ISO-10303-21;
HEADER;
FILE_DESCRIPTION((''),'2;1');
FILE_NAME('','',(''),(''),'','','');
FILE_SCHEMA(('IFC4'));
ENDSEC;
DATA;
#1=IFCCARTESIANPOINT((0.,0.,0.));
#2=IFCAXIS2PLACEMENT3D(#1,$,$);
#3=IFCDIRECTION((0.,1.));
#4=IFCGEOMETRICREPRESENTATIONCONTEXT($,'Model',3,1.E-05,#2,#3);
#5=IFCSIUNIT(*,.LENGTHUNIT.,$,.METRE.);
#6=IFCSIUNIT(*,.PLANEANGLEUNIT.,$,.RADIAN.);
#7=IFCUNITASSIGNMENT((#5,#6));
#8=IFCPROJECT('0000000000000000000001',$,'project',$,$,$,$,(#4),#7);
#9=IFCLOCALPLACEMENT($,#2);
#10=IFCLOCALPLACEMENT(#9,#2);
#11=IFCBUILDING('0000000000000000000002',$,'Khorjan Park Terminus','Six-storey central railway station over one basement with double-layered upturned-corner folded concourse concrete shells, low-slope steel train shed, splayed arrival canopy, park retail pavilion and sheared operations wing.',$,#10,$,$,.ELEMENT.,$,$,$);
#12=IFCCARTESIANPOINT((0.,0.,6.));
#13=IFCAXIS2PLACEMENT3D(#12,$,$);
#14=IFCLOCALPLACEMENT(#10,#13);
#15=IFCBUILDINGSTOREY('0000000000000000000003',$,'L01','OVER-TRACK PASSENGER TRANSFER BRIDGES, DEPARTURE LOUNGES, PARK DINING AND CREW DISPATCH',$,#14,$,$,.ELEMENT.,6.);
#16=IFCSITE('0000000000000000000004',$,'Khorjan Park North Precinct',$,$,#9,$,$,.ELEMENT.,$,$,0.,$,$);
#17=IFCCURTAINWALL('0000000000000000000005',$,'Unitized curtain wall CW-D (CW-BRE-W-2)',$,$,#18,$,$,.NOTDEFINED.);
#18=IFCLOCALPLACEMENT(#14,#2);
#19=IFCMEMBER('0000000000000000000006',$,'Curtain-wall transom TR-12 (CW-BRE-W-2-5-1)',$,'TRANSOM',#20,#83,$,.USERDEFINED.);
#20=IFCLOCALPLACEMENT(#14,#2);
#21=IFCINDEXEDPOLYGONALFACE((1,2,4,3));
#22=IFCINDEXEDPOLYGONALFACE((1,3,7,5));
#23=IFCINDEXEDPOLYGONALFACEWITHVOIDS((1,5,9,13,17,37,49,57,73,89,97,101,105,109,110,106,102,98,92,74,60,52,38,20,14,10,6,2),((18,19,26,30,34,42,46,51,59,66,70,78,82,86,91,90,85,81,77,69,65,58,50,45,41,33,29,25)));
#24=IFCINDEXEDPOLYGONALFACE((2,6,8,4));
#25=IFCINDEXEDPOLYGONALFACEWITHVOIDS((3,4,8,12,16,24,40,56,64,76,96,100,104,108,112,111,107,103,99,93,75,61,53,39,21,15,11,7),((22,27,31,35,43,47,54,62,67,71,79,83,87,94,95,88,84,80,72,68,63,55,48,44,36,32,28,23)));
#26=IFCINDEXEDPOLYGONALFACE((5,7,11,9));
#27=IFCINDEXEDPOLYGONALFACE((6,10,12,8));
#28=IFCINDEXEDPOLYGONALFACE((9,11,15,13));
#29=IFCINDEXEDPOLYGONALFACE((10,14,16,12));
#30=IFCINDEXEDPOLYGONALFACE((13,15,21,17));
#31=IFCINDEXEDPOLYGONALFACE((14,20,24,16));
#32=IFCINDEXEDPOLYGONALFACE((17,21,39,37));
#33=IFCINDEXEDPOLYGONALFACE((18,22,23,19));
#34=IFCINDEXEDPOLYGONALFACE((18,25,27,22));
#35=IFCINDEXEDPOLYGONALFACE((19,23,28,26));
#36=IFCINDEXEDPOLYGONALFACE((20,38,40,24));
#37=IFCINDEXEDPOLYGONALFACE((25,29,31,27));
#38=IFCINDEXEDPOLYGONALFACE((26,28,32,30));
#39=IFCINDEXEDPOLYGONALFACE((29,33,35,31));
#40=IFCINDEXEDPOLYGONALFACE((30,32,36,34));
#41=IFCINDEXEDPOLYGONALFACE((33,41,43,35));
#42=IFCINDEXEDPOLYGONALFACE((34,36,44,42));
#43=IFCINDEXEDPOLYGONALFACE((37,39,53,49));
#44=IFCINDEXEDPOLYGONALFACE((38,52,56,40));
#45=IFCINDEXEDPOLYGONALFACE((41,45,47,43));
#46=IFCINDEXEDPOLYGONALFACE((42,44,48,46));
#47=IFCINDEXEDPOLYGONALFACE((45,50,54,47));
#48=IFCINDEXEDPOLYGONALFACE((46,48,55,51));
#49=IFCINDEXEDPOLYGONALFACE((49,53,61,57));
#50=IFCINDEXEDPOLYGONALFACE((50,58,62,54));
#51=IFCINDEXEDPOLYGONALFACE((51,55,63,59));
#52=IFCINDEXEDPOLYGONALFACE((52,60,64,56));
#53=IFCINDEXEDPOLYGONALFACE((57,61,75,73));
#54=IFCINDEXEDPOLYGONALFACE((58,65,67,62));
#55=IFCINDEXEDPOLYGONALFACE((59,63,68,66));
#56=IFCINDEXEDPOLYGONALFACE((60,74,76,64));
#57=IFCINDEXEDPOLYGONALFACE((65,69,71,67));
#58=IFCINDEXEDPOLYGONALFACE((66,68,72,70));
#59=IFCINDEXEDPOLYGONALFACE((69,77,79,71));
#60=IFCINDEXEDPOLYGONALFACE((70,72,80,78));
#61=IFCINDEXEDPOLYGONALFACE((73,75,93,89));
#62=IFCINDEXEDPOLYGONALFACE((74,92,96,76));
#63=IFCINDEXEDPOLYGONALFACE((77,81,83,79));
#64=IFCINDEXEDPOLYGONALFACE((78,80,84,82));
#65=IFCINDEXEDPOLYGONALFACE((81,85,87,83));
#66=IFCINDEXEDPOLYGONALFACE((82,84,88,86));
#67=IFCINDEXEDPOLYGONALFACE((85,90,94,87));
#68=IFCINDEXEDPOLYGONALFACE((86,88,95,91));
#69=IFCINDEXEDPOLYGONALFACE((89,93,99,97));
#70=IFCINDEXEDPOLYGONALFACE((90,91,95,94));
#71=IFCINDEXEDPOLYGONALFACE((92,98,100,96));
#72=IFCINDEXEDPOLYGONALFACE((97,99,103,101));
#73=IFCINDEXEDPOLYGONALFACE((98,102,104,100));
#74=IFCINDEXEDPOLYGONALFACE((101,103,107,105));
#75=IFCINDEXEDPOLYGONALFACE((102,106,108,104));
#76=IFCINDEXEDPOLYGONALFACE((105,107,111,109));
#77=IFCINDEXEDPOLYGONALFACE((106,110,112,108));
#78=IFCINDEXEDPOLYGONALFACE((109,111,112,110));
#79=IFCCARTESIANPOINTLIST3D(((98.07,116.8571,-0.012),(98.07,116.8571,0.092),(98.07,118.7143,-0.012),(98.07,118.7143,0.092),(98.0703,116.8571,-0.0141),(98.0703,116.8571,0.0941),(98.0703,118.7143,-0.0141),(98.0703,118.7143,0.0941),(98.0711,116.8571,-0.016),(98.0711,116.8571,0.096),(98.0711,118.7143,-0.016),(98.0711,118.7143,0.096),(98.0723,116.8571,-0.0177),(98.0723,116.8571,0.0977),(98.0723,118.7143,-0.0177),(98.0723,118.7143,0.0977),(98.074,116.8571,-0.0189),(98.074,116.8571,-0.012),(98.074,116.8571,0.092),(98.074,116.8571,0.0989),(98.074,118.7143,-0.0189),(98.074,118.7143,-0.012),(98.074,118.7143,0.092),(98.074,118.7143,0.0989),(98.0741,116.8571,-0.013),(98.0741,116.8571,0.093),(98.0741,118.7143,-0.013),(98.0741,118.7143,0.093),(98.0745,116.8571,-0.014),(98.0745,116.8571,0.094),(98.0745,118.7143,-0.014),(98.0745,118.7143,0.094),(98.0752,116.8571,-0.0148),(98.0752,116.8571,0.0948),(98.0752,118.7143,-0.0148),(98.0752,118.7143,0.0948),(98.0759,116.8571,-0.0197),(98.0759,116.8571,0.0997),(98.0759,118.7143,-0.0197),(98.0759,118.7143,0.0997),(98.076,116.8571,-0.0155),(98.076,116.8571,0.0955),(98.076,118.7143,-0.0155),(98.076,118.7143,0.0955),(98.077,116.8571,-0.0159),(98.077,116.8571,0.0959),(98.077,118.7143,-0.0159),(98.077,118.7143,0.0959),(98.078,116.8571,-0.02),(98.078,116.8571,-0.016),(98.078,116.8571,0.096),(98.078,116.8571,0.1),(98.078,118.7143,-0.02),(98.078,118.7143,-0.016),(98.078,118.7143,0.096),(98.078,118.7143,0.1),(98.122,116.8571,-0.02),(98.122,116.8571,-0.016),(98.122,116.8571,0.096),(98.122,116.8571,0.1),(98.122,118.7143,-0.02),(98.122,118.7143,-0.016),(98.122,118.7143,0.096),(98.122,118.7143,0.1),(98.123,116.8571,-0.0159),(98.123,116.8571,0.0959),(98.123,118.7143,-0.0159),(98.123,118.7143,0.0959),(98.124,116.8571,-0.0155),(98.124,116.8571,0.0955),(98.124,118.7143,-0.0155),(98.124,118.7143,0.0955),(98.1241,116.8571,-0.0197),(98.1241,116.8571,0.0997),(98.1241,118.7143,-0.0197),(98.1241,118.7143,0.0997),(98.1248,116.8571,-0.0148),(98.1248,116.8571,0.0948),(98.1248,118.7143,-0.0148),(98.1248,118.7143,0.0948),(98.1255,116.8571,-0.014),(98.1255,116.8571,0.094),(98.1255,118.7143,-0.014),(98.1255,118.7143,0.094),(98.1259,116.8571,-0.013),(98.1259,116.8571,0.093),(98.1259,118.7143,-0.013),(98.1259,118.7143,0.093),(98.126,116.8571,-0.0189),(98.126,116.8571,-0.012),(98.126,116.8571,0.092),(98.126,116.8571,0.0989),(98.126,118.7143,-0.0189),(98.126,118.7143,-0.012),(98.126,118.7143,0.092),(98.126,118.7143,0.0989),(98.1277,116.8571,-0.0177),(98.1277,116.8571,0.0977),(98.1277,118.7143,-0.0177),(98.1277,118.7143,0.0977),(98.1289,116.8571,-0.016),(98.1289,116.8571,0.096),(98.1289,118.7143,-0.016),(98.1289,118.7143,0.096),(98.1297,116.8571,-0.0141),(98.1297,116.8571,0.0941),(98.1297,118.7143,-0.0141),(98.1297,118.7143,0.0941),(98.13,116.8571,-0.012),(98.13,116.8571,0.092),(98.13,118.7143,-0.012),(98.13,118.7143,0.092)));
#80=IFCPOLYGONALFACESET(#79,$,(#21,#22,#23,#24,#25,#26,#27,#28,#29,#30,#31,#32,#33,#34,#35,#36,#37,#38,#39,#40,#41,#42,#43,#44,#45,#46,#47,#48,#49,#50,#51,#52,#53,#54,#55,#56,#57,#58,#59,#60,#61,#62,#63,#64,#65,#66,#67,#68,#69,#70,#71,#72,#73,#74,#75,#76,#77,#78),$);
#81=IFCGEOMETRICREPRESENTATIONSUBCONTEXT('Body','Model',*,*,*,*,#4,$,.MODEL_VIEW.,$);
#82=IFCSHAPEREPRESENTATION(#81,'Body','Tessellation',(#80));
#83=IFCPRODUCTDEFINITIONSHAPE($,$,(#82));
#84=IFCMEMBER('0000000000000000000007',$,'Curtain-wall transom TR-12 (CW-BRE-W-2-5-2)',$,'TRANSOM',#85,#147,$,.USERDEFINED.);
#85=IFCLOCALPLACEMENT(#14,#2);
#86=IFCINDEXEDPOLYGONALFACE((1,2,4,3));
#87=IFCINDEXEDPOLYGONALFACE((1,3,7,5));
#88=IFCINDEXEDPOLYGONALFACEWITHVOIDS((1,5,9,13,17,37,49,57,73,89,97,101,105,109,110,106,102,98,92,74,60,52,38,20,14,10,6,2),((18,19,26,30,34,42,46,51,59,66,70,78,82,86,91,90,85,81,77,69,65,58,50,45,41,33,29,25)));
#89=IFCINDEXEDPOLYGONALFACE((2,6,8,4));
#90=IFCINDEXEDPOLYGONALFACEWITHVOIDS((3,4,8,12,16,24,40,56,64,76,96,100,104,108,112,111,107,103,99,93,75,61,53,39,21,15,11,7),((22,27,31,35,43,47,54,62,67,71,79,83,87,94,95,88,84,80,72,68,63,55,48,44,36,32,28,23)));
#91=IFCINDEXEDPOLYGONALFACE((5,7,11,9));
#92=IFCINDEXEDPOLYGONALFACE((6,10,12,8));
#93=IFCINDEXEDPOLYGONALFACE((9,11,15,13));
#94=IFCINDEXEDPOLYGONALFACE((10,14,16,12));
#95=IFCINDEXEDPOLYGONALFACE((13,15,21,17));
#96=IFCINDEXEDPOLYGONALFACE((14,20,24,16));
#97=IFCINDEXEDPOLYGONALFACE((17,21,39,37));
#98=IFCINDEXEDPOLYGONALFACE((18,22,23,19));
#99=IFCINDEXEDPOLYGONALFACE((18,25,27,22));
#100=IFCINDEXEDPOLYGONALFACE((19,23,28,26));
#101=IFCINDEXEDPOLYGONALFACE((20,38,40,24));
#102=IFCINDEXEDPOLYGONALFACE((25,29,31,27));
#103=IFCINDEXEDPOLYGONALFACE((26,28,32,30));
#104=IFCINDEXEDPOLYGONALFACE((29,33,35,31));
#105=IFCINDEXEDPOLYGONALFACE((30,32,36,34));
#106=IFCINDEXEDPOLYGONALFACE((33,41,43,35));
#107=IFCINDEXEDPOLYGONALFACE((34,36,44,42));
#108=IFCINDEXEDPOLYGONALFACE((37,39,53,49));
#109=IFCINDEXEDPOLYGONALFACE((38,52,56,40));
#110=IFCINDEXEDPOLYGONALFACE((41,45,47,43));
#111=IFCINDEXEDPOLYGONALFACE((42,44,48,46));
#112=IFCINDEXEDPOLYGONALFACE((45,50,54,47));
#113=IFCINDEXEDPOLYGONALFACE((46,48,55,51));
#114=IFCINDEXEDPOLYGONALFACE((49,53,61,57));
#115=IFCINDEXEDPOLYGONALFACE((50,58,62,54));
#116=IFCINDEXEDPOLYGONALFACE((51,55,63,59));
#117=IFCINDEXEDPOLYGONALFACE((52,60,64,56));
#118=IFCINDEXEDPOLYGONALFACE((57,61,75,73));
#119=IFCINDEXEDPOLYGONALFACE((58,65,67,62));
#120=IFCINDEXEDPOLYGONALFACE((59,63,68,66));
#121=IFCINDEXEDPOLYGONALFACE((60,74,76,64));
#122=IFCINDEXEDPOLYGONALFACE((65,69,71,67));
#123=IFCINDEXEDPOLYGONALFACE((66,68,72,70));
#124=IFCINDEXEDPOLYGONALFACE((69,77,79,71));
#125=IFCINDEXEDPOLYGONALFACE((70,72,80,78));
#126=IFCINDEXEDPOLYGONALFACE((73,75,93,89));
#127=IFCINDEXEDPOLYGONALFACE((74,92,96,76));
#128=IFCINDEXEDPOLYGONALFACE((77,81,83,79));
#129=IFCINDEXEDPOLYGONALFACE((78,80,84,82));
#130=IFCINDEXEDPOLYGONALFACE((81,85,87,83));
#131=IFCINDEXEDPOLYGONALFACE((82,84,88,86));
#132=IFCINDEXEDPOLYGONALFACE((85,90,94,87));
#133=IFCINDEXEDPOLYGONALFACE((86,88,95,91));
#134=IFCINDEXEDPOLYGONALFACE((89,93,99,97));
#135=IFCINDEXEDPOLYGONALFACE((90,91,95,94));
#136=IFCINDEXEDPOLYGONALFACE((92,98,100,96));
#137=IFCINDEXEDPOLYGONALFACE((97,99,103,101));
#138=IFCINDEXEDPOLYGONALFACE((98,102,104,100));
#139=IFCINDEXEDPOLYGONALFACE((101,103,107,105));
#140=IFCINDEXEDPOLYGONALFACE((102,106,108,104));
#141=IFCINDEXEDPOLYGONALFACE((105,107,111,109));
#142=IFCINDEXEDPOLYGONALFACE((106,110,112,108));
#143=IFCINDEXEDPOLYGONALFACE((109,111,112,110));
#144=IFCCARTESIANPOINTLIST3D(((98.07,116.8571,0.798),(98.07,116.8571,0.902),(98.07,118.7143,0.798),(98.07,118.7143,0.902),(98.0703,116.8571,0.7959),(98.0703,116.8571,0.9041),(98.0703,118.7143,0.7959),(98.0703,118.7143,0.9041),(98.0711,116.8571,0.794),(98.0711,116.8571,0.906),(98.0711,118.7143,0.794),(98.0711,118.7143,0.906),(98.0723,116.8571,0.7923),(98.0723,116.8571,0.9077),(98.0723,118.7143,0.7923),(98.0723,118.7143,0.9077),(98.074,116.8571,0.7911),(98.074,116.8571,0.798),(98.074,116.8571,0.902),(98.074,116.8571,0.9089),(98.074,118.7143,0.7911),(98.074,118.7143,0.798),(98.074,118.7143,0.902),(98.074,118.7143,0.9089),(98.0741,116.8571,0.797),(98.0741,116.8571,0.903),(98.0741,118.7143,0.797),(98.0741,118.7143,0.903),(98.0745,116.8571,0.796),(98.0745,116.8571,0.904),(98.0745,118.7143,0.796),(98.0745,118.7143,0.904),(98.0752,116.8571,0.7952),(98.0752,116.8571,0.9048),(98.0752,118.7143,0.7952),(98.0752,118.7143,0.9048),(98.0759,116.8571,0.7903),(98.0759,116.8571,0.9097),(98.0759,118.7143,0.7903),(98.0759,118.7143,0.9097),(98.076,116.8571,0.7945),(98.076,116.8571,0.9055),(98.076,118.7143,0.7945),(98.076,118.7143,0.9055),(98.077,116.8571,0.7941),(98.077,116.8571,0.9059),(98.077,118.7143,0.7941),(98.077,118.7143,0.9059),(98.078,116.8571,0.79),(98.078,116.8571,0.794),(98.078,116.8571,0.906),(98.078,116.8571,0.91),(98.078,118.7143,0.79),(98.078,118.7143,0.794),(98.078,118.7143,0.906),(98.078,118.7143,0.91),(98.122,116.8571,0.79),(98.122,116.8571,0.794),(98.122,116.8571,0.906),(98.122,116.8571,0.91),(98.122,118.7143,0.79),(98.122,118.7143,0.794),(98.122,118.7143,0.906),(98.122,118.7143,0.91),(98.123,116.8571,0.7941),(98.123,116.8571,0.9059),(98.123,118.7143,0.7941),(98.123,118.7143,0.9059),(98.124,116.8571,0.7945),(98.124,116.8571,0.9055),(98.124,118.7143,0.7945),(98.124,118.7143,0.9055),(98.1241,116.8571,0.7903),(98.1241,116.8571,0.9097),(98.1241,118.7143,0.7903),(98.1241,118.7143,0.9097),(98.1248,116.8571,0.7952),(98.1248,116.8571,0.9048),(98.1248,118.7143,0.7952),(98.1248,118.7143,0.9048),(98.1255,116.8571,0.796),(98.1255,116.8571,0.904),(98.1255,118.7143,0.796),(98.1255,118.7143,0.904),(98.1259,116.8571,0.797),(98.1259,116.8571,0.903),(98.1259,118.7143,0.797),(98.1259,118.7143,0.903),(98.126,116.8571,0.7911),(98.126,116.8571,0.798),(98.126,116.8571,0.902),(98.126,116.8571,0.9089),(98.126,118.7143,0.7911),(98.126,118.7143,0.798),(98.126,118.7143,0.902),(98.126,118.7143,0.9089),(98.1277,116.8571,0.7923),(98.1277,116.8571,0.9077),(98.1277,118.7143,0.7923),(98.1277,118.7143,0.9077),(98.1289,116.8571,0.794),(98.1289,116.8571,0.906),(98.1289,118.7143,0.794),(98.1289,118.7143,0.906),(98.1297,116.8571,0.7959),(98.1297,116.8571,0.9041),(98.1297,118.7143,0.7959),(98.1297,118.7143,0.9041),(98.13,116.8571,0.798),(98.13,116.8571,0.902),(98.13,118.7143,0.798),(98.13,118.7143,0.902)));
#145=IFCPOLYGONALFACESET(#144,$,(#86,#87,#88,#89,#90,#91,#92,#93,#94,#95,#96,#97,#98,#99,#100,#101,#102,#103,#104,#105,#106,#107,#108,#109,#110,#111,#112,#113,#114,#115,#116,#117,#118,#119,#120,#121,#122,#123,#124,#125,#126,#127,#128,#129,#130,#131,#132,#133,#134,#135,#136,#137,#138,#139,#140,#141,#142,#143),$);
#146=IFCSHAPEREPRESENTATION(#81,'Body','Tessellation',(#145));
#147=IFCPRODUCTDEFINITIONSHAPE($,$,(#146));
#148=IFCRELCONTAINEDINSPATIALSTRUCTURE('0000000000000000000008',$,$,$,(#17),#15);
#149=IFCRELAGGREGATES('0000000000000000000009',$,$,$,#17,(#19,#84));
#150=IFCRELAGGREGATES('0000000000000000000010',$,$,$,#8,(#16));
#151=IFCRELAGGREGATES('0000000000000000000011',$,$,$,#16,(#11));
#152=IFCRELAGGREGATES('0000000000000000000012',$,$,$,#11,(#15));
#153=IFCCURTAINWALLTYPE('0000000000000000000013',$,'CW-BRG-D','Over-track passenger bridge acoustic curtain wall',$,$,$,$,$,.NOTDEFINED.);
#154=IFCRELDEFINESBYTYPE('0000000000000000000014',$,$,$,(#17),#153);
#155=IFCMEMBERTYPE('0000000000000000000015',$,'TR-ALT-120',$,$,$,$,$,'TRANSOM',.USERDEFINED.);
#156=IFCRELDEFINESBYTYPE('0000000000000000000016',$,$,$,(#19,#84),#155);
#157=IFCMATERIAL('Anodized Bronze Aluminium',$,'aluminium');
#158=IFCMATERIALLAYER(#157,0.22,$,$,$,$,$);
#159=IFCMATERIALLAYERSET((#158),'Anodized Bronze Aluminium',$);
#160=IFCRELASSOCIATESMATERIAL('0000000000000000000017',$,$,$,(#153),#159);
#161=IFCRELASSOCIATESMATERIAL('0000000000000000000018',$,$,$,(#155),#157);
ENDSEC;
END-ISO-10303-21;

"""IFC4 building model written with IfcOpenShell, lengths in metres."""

from ifc_helpers import new_model, si_unit, direction, frame, origin, origin_2d, place, context, subcontext, project, spatial, hollow_rectangle, extrude, material, layer, layer_set, material_profile, profile_set, type_object, element, aggregate, save


model = new_model("IFC4")

# Units and contexts
model_context = context("Model", 3, precision=1e-05, world=origin(), true_north=direction((0.0, 1.0)))
body_context = subcontext(model_context, "Body", "Model", "MODEL_VIEW")
ifc_project = project(units=[si_unit("LENGTHUNIT", "METRE"), si_unit("PLANEANGLEUNIT", "RADIAN")], contexts=[model_context])

# Site, building, storey
site_placement = place(None, origin())
site = spatial("IfcSite", under=ifc_project, at=site_placement, Name="Khorjan Park North Precinct", CompositionType="ELEMENT", RefElevation=0.0)
building_placement = place(site_placement, origin())
building = spatial("IfcBuilding", under=site, at=building_placement, Name="Khorjan Park Terminus", Description="Six-storey central railway station over one basement with double-layered upturned-corner folded concourse concrete shells, low-slope steel train shed, splayed arrival canopy, park retail pavilion and sheared operations wing.", CompositionType="ELEMENT")
storey_placement = place(building_placement, frame((0.0, 0.0, 6.0)))
storey = spatial("IfcBuildingStorey", under=building, at=storey_placement, Name="L01", Description="OVER-TRACK PASSENGER TRANSFER BRIDGES, DEPARTURE LOUNGES, PARK DINING AND CREW DISPATCH", CompositionType="ELEMENT", Elevation=6.0)

# Curtain wall, members
ifc_material_1 = material(Name="Anodized Bronze Aluminium", Category="aluminium")
ifc_layer_1 = layer(ifc_material_1, 0.22)
ifc_layer_set_1 = layer_set([ifc_layer_1], Name="Anodized Bronze Aluminium")
curtain_wall_type = type_object("IfcCurtainWallType", Name="CW-BRG-D", Description="Over-track passenger bridge acoustic curtain wall", PredefinedType="NOTDEFINED", material=ifc_layer_set_1)
curtain_wall_placement = place(storey_placement, origin())
curtain_wall = element("IfcCurtainWall", 1, at=curtain_wall_placement, inside=storey, type_object=curtain_wall_type, Name="Unitized curtain wall CW-D (CW-BRE-W-2)", PredefinedType="NOTDEFINED")
ifc_material_profile_1 = material_profile(ifc_material_1, hollow_rectangle(XDim=0.06, YDim=0.12, WallThickness=0.004, InnerFilletRadius=0.004, OuterFilletRadius=0.008, at=origin_2d()), Name="ALT 60x120x4")
ifc_profile_set_1 = profile_set([ifc_material_profile_1], Name="Anodized Bronze Aluminium")
member_type_1 = type_object("IfcMemberType", Name="TR-ALT-120", ElementType="TRANSOM", PredefinedType="USERDEFINED", material=ifc_profile_set_1)
member_1_placement = place(storey_placement, frame((98.1, 118.7143, 0.04), z_axis=(0.0, -1.0, 0.0), x_axis=(1.0, 0.0, 0.0)))
member_1 = element("IfcMember", 2, at=member_1_placement, type_object=member_type_1, Name="Curtain-wall transom TR-12 (CW-BRE-W-2-5-1)", ObjectType="TRANSOM", PredefinedType="USERDEFINED", context=body_context, shape_type="SweptSolid", body=[
    extrude(hollow_rectangle(XDim=0.06, YDim=0.12, WallThickness=0.004, InnerFilletRadius=0.004, OuterFilletRadius=0.008, at=origin_2d()), origin(), (0.0, 0.0, 1.0), 1.8572),
])
member_2_placement = place(storey_placement, frame((98.1, 118.7143, 0.85), z_axis=(0.0, -1.0, 0.0), x_axis=(1.0, 0.0, 0.0)))
member_2 = element("IfcMember", 3, at=member_2_placement, type_object=member_type_1, Name="Curtain-wall transom TR-12 (CW-BRE-W-2-5-2)", ObjectType="TRANSOM", PredefinedType="USERDEFINED", context=body_context, shape_type="SweptSolid", body=[
    extrude(hollow_rectangle(XDim=0.06, YDim=0.12, WallThickness=0.004, InnerFilletRadius=0.004, OuterFilletRadius=0.008, at=origin_2d()), origin(), (0.0, 0.0, 1.0), 1.8572),
])
aggregate(curtain_wall, [member_1, member_2])

save(model, "model.ifc")
